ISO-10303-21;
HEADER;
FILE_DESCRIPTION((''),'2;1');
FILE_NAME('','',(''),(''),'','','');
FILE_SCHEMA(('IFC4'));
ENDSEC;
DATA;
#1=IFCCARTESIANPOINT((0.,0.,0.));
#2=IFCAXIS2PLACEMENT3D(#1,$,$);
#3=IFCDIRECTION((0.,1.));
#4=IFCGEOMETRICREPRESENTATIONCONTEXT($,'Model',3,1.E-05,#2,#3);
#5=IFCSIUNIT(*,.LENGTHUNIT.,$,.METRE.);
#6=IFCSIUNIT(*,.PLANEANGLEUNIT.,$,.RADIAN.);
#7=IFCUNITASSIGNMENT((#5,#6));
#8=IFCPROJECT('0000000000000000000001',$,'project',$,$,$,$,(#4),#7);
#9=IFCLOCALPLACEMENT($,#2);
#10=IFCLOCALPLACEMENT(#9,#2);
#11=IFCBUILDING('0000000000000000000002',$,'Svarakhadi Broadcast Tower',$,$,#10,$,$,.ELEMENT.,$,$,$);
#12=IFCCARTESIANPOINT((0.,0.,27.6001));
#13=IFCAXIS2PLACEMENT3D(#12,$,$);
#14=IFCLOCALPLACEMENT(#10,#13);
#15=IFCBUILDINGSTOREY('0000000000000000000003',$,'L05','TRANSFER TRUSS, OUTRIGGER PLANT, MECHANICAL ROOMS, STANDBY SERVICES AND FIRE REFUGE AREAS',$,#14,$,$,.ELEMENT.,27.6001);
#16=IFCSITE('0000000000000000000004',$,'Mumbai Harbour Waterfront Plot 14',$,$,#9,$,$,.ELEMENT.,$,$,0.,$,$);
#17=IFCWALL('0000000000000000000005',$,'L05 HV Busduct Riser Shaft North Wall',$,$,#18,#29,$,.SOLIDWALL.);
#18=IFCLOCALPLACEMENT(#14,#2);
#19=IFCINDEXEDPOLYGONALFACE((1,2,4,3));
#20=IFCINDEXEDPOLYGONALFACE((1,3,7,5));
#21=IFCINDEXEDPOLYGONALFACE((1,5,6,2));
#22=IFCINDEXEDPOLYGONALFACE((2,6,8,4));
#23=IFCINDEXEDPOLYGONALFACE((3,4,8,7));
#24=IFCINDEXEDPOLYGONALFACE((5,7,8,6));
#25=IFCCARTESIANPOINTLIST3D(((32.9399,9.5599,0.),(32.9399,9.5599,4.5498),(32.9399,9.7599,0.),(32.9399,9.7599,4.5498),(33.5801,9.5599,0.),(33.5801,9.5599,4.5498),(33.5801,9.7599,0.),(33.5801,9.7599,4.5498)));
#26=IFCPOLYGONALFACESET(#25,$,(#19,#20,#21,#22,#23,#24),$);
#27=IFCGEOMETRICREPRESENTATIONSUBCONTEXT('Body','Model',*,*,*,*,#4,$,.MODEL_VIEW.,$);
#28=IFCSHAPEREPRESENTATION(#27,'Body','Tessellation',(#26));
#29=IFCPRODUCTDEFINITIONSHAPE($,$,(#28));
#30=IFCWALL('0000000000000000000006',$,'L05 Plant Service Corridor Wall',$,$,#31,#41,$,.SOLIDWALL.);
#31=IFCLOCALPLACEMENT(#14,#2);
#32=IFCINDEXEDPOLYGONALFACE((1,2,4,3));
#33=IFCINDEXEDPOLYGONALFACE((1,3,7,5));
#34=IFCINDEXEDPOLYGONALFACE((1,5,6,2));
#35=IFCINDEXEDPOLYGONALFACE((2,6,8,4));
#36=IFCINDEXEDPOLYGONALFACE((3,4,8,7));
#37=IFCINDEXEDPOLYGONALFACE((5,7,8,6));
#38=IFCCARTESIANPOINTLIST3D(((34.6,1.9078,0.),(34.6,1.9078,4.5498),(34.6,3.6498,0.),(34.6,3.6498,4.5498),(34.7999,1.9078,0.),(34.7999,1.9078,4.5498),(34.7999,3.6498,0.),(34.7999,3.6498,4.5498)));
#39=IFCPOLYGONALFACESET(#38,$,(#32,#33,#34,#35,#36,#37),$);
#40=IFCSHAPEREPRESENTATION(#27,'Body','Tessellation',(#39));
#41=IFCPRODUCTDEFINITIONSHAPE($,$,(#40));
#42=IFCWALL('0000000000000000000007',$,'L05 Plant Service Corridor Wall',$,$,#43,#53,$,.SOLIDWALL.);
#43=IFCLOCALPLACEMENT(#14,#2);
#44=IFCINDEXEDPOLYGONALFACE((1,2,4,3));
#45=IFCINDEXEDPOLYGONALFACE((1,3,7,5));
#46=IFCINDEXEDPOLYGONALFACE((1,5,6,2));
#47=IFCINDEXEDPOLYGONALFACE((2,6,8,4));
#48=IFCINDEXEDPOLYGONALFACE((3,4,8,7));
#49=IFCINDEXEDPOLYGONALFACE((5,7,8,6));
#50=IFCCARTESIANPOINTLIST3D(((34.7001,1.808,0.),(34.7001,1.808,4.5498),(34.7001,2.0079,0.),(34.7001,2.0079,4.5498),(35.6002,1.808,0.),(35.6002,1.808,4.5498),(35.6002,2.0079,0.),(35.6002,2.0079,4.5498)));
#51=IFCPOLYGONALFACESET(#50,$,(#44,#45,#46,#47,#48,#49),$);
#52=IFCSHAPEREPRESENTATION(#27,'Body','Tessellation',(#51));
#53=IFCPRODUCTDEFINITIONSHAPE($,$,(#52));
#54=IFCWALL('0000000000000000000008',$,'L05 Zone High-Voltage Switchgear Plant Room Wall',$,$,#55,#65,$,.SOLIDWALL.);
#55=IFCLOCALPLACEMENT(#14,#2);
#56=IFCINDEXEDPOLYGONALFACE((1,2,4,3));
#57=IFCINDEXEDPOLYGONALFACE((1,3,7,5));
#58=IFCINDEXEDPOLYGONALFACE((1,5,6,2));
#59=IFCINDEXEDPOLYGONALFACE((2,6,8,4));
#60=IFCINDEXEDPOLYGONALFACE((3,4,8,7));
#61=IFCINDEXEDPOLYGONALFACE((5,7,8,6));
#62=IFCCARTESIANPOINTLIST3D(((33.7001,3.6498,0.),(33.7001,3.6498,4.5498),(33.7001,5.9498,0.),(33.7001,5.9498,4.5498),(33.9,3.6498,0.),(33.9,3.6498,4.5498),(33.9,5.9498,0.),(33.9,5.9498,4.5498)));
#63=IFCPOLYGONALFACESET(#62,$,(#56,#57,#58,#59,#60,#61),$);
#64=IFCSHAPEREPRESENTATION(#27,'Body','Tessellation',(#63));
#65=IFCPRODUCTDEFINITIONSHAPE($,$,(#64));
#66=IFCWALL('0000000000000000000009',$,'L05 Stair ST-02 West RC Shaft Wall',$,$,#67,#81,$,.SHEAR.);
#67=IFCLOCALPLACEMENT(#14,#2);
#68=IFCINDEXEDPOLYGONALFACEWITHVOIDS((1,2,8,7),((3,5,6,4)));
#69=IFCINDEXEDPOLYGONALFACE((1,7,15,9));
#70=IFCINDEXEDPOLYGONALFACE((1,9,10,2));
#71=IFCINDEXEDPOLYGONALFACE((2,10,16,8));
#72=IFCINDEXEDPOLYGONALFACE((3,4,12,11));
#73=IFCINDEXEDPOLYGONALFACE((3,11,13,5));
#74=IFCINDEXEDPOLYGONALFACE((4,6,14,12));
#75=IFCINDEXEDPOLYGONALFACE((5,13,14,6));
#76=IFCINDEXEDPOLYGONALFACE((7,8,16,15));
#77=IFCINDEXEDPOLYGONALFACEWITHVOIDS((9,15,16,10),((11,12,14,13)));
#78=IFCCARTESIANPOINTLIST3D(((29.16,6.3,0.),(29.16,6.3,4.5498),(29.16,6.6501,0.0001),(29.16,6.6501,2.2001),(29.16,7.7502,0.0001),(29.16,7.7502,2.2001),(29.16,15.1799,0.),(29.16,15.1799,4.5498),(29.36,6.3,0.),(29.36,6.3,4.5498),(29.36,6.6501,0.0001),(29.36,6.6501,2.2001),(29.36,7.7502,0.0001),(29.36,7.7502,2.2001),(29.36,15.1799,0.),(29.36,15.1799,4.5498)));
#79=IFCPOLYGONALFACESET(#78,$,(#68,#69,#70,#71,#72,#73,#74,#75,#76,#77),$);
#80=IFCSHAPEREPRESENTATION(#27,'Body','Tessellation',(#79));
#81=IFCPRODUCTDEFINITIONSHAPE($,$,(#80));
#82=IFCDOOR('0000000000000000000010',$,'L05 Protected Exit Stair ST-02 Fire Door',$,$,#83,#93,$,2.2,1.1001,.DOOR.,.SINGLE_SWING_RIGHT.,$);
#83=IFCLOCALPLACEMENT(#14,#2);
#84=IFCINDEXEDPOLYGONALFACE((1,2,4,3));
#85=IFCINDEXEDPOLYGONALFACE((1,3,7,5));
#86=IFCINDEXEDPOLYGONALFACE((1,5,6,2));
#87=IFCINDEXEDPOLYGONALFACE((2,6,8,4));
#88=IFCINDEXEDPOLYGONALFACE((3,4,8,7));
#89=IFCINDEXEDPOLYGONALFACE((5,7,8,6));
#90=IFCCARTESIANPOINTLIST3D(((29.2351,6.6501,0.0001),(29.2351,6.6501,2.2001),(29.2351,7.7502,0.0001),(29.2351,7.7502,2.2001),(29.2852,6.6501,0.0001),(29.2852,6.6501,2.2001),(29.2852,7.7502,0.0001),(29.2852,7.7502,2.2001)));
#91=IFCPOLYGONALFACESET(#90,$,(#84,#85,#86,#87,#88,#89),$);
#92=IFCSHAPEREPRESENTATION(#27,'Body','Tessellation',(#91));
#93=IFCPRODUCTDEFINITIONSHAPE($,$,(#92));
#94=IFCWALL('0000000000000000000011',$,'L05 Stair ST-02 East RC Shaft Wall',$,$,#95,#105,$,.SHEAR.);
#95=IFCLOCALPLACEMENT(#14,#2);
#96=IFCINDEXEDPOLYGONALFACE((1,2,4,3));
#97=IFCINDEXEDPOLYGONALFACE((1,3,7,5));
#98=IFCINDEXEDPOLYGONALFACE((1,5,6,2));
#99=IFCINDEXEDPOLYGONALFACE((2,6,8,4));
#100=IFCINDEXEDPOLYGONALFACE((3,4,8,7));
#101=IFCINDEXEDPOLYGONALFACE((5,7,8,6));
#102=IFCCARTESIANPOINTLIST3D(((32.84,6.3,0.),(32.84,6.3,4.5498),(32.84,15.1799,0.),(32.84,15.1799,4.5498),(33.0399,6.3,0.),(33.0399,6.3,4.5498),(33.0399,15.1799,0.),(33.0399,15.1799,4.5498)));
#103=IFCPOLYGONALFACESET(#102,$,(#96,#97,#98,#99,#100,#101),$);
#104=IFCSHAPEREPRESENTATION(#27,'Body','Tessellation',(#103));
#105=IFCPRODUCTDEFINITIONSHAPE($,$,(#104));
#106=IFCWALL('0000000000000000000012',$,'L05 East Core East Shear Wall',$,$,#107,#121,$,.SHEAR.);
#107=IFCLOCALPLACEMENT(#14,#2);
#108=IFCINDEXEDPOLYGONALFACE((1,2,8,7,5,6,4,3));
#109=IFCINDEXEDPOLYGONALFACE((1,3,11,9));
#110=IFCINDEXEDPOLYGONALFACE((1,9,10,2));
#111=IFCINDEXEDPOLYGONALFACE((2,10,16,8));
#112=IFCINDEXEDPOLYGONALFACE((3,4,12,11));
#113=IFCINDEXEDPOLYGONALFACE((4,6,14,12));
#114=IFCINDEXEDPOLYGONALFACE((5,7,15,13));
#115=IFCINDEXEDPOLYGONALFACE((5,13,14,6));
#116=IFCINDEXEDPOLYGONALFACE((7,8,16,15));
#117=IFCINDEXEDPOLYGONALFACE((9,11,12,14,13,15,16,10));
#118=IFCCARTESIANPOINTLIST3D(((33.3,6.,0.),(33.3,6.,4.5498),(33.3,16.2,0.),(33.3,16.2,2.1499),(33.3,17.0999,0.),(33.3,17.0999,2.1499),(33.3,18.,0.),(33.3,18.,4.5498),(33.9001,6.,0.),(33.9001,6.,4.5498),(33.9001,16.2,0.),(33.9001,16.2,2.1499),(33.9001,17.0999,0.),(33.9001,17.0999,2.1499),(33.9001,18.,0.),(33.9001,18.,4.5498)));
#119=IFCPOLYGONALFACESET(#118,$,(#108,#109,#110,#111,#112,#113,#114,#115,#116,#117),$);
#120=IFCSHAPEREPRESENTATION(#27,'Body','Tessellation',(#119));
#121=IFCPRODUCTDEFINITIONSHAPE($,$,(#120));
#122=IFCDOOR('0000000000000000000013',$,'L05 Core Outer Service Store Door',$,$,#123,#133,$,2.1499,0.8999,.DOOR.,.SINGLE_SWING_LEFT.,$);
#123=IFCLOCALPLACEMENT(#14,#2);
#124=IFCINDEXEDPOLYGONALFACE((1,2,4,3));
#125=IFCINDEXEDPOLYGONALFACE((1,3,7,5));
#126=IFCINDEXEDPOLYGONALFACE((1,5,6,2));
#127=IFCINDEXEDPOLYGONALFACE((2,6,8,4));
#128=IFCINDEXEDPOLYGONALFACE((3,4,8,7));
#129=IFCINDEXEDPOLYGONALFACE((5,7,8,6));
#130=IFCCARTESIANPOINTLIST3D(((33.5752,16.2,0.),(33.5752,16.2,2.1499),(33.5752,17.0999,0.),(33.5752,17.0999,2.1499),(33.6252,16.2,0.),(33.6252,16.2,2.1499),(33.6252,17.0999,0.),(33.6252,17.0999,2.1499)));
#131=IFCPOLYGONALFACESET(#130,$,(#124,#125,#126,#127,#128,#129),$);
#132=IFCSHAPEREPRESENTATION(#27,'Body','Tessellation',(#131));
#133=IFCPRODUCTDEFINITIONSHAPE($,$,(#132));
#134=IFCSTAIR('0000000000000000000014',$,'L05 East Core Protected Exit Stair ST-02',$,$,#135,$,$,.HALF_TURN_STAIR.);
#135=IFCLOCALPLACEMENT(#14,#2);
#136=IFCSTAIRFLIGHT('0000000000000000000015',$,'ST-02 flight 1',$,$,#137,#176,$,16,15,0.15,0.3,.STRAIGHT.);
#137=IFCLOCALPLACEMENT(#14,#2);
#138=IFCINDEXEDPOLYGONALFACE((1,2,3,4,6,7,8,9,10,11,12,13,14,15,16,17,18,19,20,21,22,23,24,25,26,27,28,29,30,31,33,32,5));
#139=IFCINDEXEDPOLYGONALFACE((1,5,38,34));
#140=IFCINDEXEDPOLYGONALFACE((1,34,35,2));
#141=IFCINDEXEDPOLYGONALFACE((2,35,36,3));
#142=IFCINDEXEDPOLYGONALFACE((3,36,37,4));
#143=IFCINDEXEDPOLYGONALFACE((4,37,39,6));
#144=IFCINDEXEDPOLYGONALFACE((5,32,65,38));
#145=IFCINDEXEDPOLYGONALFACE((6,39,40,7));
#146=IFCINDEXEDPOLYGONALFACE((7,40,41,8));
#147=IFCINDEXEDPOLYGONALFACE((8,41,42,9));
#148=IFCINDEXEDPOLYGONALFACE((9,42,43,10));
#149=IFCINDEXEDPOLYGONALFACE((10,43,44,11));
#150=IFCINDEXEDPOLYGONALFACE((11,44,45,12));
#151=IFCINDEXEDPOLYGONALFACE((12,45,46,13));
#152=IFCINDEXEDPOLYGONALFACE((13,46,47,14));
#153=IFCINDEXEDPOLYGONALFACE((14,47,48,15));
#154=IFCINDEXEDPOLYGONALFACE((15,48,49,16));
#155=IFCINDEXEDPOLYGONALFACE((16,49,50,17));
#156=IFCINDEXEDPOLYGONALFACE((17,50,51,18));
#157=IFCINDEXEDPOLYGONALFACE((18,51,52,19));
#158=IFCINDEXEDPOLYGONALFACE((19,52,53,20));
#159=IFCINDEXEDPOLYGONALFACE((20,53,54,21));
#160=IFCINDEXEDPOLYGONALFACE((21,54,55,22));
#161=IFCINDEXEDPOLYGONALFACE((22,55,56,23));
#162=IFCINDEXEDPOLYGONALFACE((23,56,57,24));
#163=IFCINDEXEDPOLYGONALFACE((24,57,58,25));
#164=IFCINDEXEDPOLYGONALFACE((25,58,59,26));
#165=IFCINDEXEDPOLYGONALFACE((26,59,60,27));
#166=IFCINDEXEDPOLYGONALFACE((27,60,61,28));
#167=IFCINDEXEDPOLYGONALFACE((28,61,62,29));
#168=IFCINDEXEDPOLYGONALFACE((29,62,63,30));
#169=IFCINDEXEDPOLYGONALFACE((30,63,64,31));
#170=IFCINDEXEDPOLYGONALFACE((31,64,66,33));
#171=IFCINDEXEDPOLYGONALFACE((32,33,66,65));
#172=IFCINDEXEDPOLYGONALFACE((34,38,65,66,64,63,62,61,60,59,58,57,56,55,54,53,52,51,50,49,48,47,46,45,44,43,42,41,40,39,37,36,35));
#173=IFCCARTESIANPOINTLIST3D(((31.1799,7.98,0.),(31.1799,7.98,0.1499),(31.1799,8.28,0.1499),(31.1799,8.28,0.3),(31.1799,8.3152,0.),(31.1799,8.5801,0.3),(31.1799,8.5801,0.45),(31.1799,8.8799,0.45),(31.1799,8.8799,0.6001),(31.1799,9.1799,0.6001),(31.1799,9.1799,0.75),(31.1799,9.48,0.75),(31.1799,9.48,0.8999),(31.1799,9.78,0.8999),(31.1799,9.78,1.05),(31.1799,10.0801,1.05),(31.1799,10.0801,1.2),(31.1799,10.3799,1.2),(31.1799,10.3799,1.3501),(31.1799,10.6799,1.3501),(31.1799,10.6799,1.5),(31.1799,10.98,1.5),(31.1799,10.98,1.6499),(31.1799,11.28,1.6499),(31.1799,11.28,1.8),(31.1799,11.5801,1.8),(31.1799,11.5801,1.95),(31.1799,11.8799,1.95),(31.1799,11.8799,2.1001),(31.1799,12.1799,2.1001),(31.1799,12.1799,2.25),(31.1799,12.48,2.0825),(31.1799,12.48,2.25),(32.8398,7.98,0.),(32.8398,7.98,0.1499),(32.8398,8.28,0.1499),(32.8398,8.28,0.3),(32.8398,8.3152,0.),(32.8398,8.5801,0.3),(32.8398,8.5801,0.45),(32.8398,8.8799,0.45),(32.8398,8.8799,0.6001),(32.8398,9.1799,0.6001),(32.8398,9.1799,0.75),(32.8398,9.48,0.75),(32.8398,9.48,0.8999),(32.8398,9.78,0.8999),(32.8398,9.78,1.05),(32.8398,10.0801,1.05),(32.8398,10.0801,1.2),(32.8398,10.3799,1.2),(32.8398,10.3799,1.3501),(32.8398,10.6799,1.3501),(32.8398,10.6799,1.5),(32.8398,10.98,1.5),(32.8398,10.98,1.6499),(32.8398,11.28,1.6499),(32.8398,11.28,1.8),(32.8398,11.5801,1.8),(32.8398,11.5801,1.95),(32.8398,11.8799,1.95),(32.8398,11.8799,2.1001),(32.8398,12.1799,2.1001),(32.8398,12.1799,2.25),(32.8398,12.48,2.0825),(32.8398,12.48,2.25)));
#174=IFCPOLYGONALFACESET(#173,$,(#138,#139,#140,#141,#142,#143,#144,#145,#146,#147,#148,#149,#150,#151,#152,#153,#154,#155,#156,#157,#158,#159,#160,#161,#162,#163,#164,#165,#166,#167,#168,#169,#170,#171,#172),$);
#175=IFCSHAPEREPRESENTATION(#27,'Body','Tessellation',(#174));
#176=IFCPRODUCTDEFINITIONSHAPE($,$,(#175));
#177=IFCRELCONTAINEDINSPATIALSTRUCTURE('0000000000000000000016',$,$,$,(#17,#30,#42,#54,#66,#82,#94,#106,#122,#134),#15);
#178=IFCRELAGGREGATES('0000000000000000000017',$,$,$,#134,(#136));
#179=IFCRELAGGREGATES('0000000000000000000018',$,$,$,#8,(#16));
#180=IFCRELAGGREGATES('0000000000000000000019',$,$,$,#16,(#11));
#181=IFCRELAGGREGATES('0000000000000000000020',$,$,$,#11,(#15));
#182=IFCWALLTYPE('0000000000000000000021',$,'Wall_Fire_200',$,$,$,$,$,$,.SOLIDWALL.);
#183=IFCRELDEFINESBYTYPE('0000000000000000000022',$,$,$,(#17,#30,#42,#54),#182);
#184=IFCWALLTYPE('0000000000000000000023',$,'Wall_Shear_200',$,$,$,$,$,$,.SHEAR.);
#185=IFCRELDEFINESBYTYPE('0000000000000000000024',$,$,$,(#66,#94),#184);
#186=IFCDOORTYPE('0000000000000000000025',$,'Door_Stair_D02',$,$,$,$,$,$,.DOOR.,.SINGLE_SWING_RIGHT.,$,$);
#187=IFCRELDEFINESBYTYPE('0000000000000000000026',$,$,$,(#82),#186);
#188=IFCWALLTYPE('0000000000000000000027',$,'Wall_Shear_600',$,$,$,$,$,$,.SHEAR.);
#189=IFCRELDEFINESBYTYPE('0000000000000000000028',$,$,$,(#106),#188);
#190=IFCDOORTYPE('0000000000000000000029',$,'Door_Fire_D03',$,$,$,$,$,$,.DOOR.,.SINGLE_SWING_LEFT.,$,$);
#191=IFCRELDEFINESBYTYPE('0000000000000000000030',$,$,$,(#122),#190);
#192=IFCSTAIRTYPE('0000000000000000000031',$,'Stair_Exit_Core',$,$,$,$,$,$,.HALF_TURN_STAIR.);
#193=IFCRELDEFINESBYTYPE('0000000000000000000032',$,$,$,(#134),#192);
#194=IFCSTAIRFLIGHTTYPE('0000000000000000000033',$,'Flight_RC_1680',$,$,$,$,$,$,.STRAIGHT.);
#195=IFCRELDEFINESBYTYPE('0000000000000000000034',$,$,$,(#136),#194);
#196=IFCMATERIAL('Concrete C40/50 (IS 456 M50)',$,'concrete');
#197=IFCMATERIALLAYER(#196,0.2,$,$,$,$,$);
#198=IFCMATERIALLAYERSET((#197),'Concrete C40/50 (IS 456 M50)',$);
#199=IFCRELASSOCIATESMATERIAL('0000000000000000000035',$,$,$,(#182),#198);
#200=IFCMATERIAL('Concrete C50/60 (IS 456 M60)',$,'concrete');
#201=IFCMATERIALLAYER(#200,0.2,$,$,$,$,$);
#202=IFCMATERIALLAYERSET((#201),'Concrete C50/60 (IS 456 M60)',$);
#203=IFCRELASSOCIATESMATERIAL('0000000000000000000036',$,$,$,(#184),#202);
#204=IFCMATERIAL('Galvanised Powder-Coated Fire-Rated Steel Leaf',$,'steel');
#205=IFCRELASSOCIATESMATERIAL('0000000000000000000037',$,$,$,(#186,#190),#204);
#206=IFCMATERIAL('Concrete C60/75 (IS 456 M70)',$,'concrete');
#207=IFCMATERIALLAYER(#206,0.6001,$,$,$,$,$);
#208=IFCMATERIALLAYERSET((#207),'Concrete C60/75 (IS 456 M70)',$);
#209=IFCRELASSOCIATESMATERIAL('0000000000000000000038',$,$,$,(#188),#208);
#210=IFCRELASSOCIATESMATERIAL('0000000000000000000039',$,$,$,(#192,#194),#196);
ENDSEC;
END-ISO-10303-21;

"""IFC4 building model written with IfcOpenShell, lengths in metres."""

from ifc_helpers import new_model, si_unit, direction, frame, frame_2d, origin, place, context, subcontext, project, spatial, polyline, rectangle, outline, extrude, material, layer, layer_set, type_object, element, fill, aggregate, save


model = new_model("IFC4")

# Units and contexts
model_context = context("Model", 3, precision=1e-05, world=origin(), true_north=direction((0.0, 1.0)))
body_context = subcontext(model_context, "Body", "Model", "MODEL_VIEW")
ifc_project = project(units=[si_unit("LENGTHUNIT", "METRE"), si_unit("PLANEANGLEUNIT", "RADIAN")], contexts=[model_context])

# Site, building, storey
site_placement = place(None, origin())
site = spatial("IfcSite", under=ifc_project, at=site_placement, Name="Mumbai Harbour Waterfront Plot 14", CompositionType="ELEMENT", RefElevation=0.0)
building_placement = place(site_placement, origin())
building = spatial("IfcBuilding", under=site, at=building_placement, Name="Svarakhadi Broadcast Tower", CompositionType="ELEMENT")
storey_placement = place(building_placement, frame((0.0, 0.0, 27.6001)))
storey = spatial("IfcBuildingStorey", under=building, at=storey_placement, Name="L05", Description="TRANSFER TRUSS, OUTRIGGER PLANT, MECHANICAL ROOMS, STANDBY SERVICES AND FIRE REFUGE AREAS", CompositionType="ELEMENT", Elevation=27.6001)

# Shared definitions
ifc_material_1 = material(Name="Concrete C60/75 (IS 456 M70)", Category="concrete")

# Shared definitions
ifc_material_2 = material(Name="Concrete C50/60 (IS 456 M60)", Category="concrete")

# Walls
ifc_material_3 = material(Name="Concrete C40/50 (IS 456 M50)", Category="concrete")
ifc_layer_1 = layer(ifc_material_3, 0.2)
ifc_layer_set_1 = layer_set([ifc_layer_1], Name="Concrete C40/50 (IS 456 M50)")
wall_type_1 = type_object("IfcWallType", Name="Wall_Fire_200", PredefinedType="SOLIDWALL", material=ifc_layer_set_1)
wall_1_placement = place(storey_placement, frame((32.9399, 9.6599, 0.0), z_axis=(0.0, 0.0, 1.0), x_axis=(1.0, 0.0, 0.0)))
element("IfcWall", 1, at=wall_1_placement, inside=storey, type_object=wall_type_1, Name="L05 HV Busduct Riser Shaft North Wall", PredefinedType="SOLIDWALL", context=body_context, shape_type="SweptSolid", body=[
    extrude(rectangle(XDim=0.6401, YDim=0.2, at=frame_2d((0.3201, 0.0))), origin(), (0.0, 0.0, 1.0), 4.5498),
])
wall_2_placement = place(storey_placement, frame((34.7, 3.6499, 0.0), z_axis=(0.0, 0.0, 1.0), x_axis=(0.0, -1.0, 0.0)))
element("IfcWall", 2, at=wall_2_placement, inside=storey, type_object=wall_type_1, Name="L05 Plant Service Corridor Wall", PredefinedType="SOLIDWALL", context=body_context, shape_type="SweptSolid", body=[
    extrude(rectangle(XDim=1.7419, YDim=0.2, at=frame_2d((0.8711, 0.0))), origin(), (0.0, 0.0, 1.0), 4.5498),
])
wall_3_placement = place(storey_placement, frame((34.7, 1.908, 0.0), z_axis=(0.0, 0.0, 1.0), x_axis=(1.0, 0.0, 0.0)))
element("IfcWall", 3, at=wall_3_placement, inside=storey, type_object=wall_type_1, Name="L05 Plant Service Corridor Wall", PredefinedType="SOLIDWALL", context=body_context, shape_type="SweptSolid", body=[
    extrude(rectangle(XDim=0.9001, YDim=0.2, at=frame_2d((0.4502, 0.0))), origin(), (0.0, 0.0, 1.0), 4.5498),
])
wall_4_placement = place(storey_placement, frame((33.8, 3.6499, 0.0), z_axis=(0.0, 0.0, 1.0), x_axis=(0.0, 1.0, 0.0)))
element("IfcWall", 4, at=wall_4_placement, inside=storey, type_object=wall_type_1, Name="L05 Zone High-Voltage Switchgear Plant Room Wall", PredefinedType="SOLIDWALL", context=body_context, shape_type="SweptSolid", body=[
    extrude(rectangle(XDim=2.3, YDim=0.2, at=frame_2d((1.1499, 0.0))), origin(), (0.0, 0.0, 1.0), 4.5498),
])

# Wall, opening, door
ifc_layer_2 = layer(ifc_material_2, 0.2)
ifc_layer_set_2 = layer_set([ifc_layer_2], Name="Concrete C50/60 (IS 456 M60)")
wall_type_2 = type_object("IfcWallType", Name="Wall_Shear_200", PredefinedType="SHEAR", material=ifc_layer_set_2)
wall_5_placement = place(storey_placement, frame((29.26, 6.3, 0.0), z_axis=(0.0, 0.0, 1.0), x_axis=(0.0, 1.0, 0.0)))
wall_5 = element("IfcWall", 5, at=wall_5_placement, inside=storey, type_object=wall_type_2, Name="L05 Stair ST-02 West RC Shaft Wall", PredefinedType="SHEAR", context=body_context, shape_type="SweptSolid", body=[
    extrude(rectangle(XDim=8.8799, YDim=0.2, at=frame_2d((4.4399, 0.0))), origin(), (0.0, 0.0, 1.0), 4.5498),
])
opening_1_placement = place(wall_5_placement, frame((0.3501, 0.0, 0.0)))
opening_1 = element("IfcOpeningElement", 6, at=opening_1_placement, cuts=wall_5, PredefinedType="OPENING", context=body_context, shape_type="SweptSolid", body=[
    extrude(rectangle(XDim=1.1001, YDim=2.2, at=frame_2d((0.55, 1.1001))), frame((0.0, 0.1099, 0.0), z_axis=(0.0, -1.0, 0.0), x_axis=(1.0, 0.0, 0.0)), (0.0, 0.0, 1.0), 0.22),
])
ifc_material_4 = material(Name="Galvanised Powder-Coated Fire-Rated Steel Leaf", Category="steel")
door_type_1 = type_object("IfcDoorType", Name="Door_Stair_D02", OperationType="SINGLE_SWING_RIGHT", PredefinedType="DOOR", material=ifc_material_4)
door_1_placement = place(opening_1_placement, origin())
door_1 = element("IfcDoor", 7, at=door_1_placement, inside=storey, type_object=door_type_1, Name="L05 Protected Exit Stair ST-02 Fire Door", OperationType="SINGLE_SWING_RIGHT", OverallHeight=2.2, OverallWidth=1.1001, PredefinedType="DOOR", context=body_context, shape_type="SweptSolid", body=[
    extrude(rectangle(XDim=1.1001, YDim=2.2, at=frame_2d((0.55, 1.1001))), frame((0.0, 0.0249, 0.0), z_axis=(0.0, -1.0, 0.0), x_axis=(1.0, 0.0, 0.0)), (0.0, 0.0, 1.0), 0.05),
])
fill(opening_1, door_1)

# Wall
wall_6_placement = place(storey_placement, frame((32.9399, 6.3, 0.0), z_axis=(0.0, 0.0, 1.0), x_axis=(0.0, 1.0, 0.0)))
element("IfcWall", 8, at=wall_6_placement, inside=storey, type_object=wall_type_2, Name="L05 Stair ST-02 East RC Shaft Wall", PredefinedType="SHEAR", context=body_context, shape_type="SweptSolid", body=[
    extrude(rectangle(XDim=8.8799, YDim=0.2, at=frame_2d((4.4399, 0.0))), origin(), (0.0, 0.0, 1.0), 4.5498),
])

# Wall, opening, door
ifc_layer_3 = layer(ifc_material_1, 0.6001)
ifc_layer_set_3 = layer_set([ifc_layer_3], Name="Concrete C60/75 (IS 456 M70)")
wall_type_3 = type_object("IfcWallType", Name="Wall_Shear_600", PredefinedType="SHEAR", material=ifc_layer_set_3)
wall_7_placement = place(storey_placement, frame((33.6001, 6.0, 0.0), z_axis=(0.0, 0.0, 1.0), x_axis=(0.0, 1.0, 0.0)))
wall_7 = element("IfcWall", 9, at=wall_7_placement, inside=storey, type_object=wall_type_3, Name="L05 East Core East Shear Wall", PredefinedType="SHEAR", context=body_context, shape_type="SweptSolid", body=[
    extrude(rectangle(XDim=12.0, YDim=0.6001, at=frame_2d((6.0, 0.0))), origin(), (0.0, 0.0, 1.0), 4.5498),
])
opening_2_placement = place(wall_7_placement, frame((10.2, 0.0, 0.0)))
opening_2 = element("IfcOpeningElement", 10, at=opening_2_placement, cuts=wall_7, PredefinedType="OPENING", context=body_context, shape_type="SweptSolid", body=[
    extrude(rectangle(XDim=0.8999, YDim=2.1499, at=frame_2d((0.45, 1.075))), frame((0.0, 0.3101, 0.0), z_axis=(0.0, -1.0, 0.0), x_axis=(1.0, 0.0, 0.0)), (0.0, 0.0, 1.0), 0.6201),
])
door_type_2 = type_object("IfcDoorType", Name="Door_Fire_D03", OperationType="SINGLE_SWING_LEFT", PredefinedType="DOOR", material=ifc_material_4)
door_2_placement = place(opening_2_placement, origin())
door_2 = element("IfcDoor", 11, at=door_2_placement, inside=storey, type_object=door_type_2, Name="L05 Core Outer Service Store Door", OperationType="SINGLE_SWING_LEFT", OverallHeight=2.1499, OverallWidth=0.8999, PredefinedType="DOOR", context=body_context, shape_type="SweptSolid", body=[
    extrude(rectangle(XDim=0.8999, YDim=2.1499, at=frame_2d((0.45, 1.075))), frame((0.0, 0.0249, 0.0), z_axis=(0.0, -1.0, 0.0), x_axis=(1.0, 0.0, 0.0)), (0.0, 0.0, 1.0), 0.05),
])
fill(opening_2, door_2)

# Stair, stair flight
stair_type = type_object("IfcStairType", Name="Stair_Exit_Core", PredefinedType="HALF_TURN_STAIR", material=ifc_material_3)
stair_placement = place(storey_placement, origin())
stair = element("IfcStair", 12, at=stair_placement, inside=storey, type_object=stair_type, Name="L05 East Core Protected Exit Stair ST-02", PredefinedType="HALF_TURN_STAIR")
stair_flight_type = type_object("IfcStairFlightType", Name="Flight_RC_1680", PredefinedType="STRAIGHT", material=ifc_material_3)
stair_flight_placement = place(storey_placement, frame((32.01, 7.98, 0.0), z_axis=(0.0, 0.0, 1.0), x_axis=(0.0, 1.0, 0.0)))
stair_flight = element("IfcStairFlight", 13, at=stair_flight_placement, type_object=stair_flight_type, Name="ST-02 flight 1", NumberOfRisers=16, NumberOfTreads=15, PredefinedType="STRAIGHT", RiserHeight=0.15, TreadLength=0.3, context=body_context, shape_type="SweptSolid", body=[
    extrude(outline(polyline([(0.0, 0.0), (0.0, 0.1499), (0.3, 0.1499), (0.3, 0.3), (0.6001, 0.3), (0.6001, 0.45), (0.8999, 0.45), (0.8999, 0.6001), (1.2, 0.6001), (1.2, 0.75), (1.5, 0.75), (1.5, 0.8999), (1.8, 0.8999), (1.8, 1.05), (2.1001, 1.05), (2.1001, 1.2), (2.3999, 1.2), (2.3999, 1.3501), (2.7, 1.3501), (2.7, 1.5), (3.0, 1.5), (3.0, 1.6499), (3.3, 1.6499), (3.3, 1.8), (3.6001, 1.8), (3.6001, 1.95), (3.8999, 1.95), (3.8999, 2.1001), (4.2, 2.1001), (4.2, 2.25), (4.5, 2.25), (4.5, 2.3999), (4.5, 2.0825), (0.3352, 0.0), (0.0, 0.0)])), frame((0.0, 0.8301, 0.0), z_axis=(0.0, -1.0, 0.0), x_axis=(1.0, 0.0, 0.0)), (0.0, 0.0, 1.0), 1.6599),
])
aggregate(stair, [stair_flight])

save(model, "model.ifc")
